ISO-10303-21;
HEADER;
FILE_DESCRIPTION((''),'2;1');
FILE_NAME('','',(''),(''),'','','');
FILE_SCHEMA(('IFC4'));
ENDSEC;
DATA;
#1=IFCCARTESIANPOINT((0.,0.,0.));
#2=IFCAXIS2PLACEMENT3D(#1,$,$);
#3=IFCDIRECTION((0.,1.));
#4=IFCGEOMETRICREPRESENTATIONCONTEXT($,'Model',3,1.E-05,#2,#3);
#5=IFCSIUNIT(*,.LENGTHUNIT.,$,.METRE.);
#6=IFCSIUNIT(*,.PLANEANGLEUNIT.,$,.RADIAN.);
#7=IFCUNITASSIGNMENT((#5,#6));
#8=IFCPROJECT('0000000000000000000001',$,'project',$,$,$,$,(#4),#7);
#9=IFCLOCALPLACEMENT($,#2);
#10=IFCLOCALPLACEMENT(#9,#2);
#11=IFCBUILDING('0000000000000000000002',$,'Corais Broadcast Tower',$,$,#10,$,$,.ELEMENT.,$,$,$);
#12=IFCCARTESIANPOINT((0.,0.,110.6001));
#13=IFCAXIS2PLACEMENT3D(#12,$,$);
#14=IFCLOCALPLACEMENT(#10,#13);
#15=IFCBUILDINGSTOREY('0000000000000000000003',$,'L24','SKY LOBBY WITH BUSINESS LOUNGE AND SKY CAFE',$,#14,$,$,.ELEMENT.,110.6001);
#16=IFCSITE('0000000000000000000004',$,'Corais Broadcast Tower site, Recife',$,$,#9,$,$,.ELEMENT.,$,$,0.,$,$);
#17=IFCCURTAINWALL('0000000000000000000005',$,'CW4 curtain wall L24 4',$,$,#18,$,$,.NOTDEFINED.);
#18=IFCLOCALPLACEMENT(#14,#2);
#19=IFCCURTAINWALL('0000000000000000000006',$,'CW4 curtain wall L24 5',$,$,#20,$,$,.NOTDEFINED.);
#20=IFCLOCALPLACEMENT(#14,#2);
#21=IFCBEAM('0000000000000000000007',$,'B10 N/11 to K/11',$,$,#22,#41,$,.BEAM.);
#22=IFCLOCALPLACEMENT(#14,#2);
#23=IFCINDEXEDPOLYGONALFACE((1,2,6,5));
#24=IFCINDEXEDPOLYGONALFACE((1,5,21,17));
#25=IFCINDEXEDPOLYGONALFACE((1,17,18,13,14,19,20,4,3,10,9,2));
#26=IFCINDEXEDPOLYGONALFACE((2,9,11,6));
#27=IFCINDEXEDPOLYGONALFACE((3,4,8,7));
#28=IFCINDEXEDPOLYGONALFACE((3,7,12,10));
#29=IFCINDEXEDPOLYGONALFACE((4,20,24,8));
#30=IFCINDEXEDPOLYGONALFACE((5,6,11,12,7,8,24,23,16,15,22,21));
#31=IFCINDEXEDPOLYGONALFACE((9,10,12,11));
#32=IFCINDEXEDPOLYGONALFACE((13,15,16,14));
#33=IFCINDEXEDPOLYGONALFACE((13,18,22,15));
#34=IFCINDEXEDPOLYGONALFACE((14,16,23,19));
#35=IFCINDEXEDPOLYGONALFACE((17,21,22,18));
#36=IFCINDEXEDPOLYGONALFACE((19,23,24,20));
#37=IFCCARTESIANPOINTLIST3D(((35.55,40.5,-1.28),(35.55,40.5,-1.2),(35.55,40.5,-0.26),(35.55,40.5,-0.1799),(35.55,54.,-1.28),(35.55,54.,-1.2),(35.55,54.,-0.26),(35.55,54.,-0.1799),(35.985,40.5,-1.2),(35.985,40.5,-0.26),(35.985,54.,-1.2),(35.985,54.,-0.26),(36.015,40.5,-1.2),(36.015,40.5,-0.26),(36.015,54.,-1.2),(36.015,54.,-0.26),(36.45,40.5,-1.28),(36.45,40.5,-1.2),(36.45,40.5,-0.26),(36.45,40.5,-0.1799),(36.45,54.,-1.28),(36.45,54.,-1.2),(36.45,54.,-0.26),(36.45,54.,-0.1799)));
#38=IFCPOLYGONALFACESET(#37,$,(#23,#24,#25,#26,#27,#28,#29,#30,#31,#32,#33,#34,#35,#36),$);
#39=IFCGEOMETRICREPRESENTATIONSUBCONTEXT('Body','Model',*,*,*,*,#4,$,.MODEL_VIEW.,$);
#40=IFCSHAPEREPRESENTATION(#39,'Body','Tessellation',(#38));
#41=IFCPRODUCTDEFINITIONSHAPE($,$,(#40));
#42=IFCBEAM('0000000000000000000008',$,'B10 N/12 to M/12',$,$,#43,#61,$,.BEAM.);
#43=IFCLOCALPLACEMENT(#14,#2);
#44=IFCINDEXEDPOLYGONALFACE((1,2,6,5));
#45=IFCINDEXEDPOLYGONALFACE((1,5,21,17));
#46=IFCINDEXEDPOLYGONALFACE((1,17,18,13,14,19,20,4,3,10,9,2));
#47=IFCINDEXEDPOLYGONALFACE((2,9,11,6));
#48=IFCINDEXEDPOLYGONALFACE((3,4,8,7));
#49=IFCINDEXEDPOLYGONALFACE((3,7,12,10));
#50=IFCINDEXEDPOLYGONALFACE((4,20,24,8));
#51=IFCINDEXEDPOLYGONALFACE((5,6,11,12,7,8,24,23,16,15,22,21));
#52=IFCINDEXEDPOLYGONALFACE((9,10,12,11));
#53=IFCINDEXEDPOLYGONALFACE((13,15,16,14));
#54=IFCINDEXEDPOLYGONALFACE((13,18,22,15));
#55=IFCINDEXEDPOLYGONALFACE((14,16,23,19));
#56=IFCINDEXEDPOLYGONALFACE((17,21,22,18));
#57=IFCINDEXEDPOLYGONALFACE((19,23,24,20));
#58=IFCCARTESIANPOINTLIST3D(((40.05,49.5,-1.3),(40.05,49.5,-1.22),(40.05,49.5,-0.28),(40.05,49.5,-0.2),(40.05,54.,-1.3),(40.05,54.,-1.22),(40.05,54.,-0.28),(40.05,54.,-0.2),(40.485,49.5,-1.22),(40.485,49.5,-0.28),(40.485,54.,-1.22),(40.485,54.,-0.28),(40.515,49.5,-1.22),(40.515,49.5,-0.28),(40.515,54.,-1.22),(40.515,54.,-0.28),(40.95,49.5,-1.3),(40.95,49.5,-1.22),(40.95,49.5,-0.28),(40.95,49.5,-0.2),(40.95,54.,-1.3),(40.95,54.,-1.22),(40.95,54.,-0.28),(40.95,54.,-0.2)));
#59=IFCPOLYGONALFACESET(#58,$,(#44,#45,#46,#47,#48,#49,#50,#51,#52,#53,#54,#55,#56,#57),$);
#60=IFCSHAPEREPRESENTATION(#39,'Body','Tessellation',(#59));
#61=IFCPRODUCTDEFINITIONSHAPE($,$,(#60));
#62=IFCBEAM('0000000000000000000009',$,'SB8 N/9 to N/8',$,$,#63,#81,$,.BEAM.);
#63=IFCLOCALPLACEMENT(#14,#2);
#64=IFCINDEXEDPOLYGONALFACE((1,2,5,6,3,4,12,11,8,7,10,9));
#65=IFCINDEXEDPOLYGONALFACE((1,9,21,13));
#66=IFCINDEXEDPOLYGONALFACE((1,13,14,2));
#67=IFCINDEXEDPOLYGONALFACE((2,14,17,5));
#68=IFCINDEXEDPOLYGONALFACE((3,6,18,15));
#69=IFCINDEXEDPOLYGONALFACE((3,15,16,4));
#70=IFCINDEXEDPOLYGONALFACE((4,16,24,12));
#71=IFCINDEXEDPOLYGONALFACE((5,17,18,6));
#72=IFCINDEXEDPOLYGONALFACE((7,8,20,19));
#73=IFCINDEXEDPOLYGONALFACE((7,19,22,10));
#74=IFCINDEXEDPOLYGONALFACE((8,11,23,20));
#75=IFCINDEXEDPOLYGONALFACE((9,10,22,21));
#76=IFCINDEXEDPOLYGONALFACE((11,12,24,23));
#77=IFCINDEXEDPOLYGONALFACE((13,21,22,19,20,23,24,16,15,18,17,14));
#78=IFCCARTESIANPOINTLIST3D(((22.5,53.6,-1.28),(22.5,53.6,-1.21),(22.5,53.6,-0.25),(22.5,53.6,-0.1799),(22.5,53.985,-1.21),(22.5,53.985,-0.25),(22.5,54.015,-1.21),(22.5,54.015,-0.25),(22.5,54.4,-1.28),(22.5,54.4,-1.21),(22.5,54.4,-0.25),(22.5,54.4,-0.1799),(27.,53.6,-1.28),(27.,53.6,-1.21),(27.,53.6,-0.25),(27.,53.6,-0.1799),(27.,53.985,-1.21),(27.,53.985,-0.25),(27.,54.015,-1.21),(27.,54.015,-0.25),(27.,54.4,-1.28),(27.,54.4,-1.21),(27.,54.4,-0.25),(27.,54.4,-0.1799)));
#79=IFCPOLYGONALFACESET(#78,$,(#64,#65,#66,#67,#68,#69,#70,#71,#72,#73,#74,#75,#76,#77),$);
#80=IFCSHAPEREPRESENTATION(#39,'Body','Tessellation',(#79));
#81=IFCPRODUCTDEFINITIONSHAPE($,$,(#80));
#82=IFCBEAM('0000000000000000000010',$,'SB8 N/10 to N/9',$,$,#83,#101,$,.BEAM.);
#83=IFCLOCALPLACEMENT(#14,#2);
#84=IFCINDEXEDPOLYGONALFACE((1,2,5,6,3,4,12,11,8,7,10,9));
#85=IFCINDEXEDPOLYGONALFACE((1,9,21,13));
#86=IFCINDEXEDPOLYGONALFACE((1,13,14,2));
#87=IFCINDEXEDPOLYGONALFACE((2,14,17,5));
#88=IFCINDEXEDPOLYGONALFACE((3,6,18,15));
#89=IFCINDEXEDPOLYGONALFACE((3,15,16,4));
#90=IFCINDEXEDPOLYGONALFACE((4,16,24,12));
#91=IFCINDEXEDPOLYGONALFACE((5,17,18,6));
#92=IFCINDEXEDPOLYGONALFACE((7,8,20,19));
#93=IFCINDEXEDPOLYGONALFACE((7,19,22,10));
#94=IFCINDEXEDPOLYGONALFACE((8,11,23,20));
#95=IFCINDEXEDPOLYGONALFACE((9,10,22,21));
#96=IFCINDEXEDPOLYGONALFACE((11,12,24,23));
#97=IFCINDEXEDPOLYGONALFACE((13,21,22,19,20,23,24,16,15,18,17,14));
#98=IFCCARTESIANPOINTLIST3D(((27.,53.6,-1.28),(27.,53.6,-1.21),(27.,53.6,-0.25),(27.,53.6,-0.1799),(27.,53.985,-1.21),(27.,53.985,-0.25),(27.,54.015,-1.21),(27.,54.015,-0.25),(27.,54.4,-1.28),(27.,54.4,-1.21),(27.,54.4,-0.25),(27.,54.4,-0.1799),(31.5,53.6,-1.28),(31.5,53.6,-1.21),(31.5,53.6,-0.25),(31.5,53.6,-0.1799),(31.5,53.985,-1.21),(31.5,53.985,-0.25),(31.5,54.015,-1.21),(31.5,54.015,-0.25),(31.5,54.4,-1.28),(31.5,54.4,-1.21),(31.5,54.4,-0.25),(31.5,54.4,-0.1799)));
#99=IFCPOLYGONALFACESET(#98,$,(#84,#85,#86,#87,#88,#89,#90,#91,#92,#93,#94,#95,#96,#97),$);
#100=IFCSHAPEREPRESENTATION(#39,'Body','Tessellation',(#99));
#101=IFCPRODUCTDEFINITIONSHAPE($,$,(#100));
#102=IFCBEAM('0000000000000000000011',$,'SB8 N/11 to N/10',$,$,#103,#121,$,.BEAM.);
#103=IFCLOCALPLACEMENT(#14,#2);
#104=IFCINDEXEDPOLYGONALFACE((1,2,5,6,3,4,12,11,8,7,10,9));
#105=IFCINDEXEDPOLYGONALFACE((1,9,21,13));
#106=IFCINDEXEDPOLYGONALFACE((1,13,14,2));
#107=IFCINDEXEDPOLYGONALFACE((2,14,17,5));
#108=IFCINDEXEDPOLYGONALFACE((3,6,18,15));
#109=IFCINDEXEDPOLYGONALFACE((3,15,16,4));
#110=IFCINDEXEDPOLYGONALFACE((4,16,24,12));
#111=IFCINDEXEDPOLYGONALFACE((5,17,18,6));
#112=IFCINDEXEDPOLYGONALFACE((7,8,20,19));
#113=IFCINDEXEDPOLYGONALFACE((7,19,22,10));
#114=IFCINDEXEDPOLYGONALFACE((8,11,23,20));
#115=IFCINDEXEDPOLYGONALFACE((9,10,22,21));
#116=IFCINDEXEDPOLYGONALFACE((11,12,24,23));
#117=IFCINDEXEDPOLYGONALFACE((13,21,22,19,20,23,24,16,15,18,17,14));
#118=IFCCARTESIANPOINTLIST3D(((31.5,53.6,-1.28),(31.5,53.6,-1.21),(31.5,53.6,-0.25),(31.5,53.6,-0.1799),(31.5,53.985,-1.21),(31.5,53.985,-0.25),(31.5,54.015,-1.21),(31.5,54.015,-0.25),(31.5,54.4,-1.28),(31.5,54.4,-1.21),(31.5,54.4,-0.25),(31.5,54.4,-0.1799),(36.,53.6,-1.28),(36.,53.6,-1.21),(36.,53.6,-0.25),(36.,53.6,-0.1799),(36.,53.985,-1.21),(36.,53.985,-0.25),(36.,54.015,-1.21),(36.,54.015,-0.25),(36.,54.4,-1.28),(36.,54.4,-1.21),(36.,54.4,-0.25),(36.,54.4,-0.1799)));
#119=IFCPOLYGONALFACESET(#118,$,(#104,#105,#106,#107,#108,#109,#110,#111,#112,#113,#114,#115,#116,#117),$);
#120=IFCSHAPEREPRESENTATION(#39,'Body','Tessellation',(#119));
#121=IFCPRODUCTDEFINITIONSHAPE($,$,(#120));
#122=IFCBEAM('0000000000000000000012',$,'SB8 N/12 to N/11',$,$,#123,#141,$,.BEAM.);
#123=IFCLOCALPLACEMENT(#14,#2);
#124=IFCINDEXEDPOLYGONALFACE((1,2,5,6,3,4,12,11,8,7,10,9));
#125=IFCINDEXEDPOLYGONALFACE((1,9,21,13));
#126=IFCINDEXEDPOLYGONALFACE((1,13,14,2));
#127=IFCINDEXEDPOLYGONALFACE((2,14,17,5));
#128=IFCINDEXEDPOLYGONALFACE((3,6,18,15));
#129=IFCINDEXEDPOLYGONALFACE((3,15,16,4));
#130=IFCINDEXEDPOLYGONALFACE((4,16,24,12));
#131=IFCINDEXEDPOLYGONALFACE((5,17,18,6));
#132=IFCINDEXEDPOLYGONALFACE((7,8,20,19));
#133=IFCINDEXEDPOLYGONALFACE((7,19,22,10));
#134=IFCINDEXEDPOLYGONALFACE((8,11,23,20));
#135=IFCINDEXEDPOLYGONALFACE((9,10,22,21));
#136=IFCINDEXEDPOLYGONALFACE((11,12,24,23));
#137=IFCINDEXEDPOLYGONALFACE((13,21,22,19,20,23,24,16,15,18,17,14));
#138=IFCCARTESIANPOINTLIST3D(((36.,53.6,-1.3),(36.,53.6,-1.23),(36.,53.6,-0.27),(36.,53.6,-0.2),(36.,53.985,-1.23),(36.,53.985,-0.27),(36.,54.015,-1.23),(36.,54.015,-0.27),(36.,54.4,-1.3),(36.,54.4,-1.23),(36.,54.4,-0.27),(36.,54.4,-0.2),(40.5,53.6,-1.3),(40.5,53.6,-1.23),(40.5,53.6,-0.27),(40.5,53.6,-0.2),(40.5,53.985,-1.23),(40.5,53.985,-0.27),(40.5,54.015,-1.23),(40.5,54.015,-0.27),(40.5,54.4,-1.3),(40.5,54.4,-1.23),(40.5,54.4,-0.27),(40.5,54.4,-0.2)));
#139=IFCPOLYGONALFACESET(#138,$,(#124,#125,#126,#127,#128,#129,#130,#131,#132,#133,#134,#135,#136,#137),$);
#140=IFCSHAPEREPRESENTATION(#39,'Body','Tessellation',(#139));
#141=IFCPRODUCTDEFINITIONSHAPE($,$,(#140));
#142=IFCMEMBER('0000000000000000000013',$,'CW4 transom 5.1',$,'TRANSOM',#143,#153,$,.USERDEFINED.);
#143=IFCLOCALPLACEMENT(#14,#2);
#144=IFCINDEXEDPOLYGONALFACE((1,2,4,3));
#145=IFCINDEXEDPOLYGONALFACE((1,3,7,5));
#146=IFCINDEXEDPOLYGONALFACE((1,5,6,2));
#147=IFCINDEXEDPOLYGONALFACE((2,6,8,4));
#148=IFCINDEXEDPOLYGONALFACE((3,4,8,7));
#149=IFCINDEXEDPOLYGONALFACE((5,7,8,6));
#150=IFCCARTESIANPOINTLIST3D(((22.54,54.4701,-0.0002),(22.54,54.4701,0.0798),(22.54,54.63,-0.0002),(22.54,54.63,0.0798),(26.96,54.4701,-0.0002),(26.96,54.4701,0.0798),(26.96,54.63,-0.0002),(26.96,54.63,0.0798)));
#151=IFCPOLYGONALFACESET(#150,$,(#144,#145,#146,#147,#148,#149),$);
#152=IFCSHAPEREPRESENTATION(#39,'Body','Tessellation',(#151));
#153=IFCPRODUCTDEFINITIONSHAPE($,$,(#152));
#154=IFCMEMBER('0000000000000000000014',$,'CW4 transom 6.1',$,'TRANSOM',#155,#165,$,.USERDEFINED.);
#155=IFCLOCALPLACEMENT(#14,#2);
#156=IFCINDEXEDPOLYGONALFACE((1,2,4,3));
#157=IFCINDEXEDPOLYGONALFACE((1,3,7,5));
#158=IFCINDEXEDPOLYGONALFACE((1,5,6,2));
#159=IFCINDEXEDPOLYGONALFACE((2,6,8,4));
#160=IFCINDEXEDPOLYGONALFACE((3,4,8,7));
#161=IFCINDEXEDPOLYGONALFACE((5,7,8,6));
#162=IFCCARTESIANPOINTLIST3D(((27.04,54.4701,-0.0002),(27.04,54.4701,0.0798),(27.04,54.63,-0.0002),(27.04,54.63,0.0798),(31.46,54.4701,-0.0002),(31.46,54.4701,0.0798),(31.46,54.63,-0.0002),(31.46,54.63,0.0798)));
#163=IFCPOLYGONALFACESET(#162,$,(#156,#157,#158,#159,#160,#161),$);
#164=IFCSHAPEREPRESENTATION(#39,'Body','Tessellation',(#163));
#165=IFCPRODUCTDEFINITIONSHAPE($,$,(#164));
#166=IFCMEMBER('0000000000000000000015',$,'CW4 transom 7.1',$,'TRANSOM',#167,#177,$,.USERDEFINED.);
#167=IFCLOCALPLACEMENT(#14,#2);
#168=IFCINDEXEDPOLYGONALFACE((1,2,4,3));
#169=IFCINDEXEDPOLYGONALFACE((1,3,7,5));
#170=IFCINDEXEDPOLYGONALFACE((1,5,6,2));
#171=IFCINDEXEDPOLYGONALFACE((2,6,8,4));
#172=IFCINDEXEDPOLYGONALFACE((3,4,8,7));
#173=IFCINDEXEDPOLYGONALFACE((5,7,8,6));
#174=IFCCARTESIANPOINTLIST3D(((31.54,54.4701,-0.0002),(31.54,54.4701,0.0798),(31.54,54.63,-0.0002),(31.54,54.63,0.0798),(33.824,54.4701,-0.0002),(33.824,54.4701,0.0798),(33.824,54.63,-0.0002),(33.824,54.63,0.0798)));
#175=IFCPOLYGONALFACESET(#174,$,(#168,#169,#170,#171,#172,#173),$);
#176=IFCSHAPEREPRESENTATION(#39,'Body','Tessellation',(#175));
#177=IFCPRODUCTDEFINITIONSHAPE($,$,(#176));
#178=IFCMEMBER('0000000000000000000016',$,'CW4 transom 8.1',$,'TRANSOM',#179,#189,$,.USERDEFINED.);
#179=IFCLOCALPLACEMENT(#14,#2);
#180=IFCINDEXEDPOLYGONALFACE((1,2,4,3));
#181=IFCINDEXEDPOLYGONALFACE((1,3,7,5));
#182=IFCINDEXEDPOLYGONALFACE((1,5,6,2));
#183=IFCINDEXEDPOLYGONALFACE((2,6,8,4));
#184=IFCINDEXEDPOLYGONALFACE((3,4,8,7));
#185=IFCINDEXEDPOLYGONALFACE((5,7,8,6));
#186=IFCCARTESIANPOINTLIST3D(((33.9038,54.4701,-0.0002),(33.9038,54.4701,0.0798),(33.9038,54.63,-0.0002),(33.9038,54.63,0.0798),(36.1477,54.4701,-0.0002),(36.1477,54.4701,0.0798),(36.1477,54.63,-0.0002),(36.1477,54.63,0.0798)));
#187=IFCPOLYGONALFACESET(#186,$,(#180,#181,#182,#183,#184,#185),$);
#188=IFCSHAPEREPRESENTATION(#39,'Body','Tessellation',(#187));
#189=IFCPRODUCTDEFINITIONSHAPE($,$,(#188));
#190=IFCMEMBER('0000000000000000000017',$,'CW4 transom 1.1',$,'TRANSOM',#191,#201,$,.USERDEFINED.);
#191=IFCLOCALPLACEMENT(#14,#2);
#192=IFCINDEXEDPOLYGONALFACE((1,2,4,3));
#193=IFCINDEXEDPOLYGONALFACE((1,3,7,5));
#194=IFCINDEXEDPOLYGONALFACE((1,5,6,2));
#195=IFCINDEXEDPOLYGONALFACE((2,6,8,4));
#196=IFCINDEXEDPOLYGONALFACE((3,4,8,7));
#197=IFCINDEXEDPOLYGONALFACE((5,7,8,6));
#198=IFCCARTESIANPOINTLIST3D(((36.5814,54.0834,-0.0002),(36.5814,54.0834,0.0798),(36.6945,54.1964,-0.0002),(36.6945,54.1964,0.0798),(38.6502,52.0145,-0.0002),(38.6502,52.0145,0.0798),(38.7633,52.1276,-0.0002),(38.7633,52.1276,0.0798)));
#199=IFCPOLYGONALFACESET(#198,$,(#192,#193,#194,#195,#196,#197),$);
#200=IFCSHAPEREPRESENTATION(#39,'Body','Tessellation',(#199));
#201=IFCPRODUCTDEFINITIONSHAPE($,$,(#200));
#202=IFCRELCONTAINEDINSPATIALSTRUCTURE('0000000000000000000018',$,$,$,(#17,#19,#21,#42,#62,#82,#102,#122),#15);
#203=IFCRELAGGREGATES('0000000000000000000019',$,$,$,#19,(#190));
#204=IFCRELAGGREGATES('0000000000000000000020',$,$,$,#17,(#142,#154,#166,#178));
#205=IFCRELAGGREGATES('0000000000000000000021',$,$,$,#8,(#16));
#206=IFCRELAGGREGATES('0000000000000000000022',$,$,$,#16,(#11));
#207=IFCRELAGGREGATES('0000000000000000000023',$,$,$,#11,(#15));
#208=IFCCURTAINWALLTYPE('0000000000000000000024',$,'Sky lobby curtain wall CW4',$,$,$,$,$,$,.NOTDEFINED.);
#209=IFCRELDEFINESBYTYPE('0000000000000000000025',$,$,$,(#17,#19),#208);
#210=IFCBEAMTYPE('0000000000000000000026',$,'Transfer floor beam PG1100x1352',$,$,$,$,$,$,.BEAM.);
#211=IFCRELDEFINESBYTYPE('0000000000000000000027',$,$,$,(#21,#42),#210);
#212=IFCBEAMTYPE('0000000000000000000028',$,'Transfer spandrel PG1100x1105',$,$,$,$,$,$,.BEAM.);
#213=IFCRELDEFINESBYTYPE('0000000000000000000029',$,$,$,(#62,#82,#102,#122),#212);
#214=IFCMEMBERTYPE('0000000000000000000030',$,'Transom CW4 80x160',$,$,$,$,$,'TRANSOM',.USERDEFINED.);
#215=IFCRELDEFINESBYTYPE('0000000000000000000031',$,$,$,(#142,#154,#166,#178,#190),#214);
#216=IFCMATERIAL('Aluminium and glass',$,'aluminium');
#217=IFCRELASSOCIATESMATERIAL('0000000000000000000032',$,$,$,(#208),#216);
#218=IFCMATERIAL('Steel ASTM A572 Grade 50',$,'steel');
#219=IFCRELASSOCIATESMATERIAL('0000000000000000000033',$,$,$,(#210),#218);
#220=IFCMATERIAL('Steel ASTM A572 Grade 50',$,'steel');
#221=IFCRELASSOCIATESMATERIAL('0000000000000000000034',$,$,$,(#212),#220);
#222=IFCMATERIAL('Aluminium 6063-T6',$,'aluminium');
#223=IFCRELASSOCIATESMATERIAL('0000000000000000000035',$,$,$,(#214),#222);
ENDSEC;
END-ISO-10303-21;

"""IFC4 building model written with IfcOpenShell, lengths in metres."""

from ifc_helpers import new_model, si_unit, direction, frame, origin, origin_2d, place, context, subcontext, project, spatial, rectangle, i_section, extrude, material, material_profile, profile_set, type_object, element, aggregate, save


model = new_model("IFC4")

# Units and contexts
model_context = context("Model", 3, precision=1e-05, world=origin(), true_north=direction((0.0, 1.0)))
body_context = subcontext(model_context, "Body", "Model", "MODEL_VIEW")
ifc_project = project(units=[si_unit("LENGTHUNIT", "METRE"), si_unit("PLANEANGLEUNIT", "RADIAN")], contexts=[model_context])

# Site, building, storey
site_placement = place(None, origin())
site = spatial("IfcSite", under=ifc_project, at=site_placement, Name="Corais Broadcast Tower site, Recife", CompositionType="ELEMENT", RefElevation=0.0)
building_placement = place(site_placement, origin())
building = spatial("IfcBuilding", under=site, at=building_placement, Name="Corais Broadcast Tower", CompositionType="ELEMENT")
storey_placement = place(building_placement, frame((0.0, 0.0, 110.6001)))
storey = spatial("IfcBuildingStorey", under=building, at=storey_placement, Name="L24", Description="SKY LOBBY WITH BUSINESS LOUNGE AND SKY CAFE", CompositionType="ELEMENT", Elevation=110.6001)

# Curtain wall
ifc_material_1 = material(Name="Aluminium and glass", Category="aluminium")
curtain_wall_type = type_object("IfcCurtainWallType", Name="Sky lobby curtain wall CW4", PredefinedType="NOTDEFINED", material=ifc_material_1)
curtain_wall_1_placement = place(storey_placement, origin())
curtain_wall_1 = element("IfcCurtainWall", 1, at=curtain_wall_1_placement, inside=storey, type_object=curtain_wall_type, Name="CW4 curtain wall L24 4", PredefinedType="NOTDEFINED")

# Curtain wall
curtain_wall_2_placement = place(storey_placement, origin())
curtain_wall_2 = element("IfcCurtainWall", 2, at=curtain_wall_2_placement, inside=storey, type_object=curtain_wall_type, Name="CW4 curtain wall L24 5", PredefinedType="NOTDEFINED")

# Beams
ifc_material_2 = material(Name="Steel ASTM A572 Grade 50", Category="steel")
ifc_material_profile_1 = material_profile(ifc_material_2, i_section(OverallWidth=0.8999, OverallDepth=1.1001, WebThickness=0.03, FlangeThickness=0.0801, at=origin_2d()), Name="PG1100x1352")
ifc_profile_set_1 = profile_set([ifc_material_profile_1], Name="Steel ASTM A572 Grade 50")
beam_type_1 = type_object("IfcBeamType", Name="Transfer floor beam PG1100x1352", PredefinedType="BEAM", material=ifc_profile_set_1)
for number, where, z_axis, x_axis, name in (
    (3, (36.0, 54.0, -0.73), (0.0, -1.0, 0.0), (1.0, 0.0, 0.0), "B10 N/11 to K/11"),
):
    element("IfcBeam", number, at=place(storey_placement, frame(where, z_axis=z_axis, x_axis=x_axis)), inside=storey, type_object=beam_type_1, Name=name, PredefinedType="BEAM", context=body_context, shape_type="SweptSolid", body=[
        extrude(i_section(OverallWidth=0.8999, OverallDepth=1.1001, WebThickness=0.03, FlangeThickness=0.0801, at=origin_2d()), origin(), (0.0, 0.0, 1.0), 13.5),
    ])
beam_1_placement = place(storey_placement, frame((40.5, 54.0, -0.75), z_axis=(0.0, -1.0, 0.0), x_axis=(1.0, 0.0, 0.0)))
element("IfcBeam", 4, at=beam_1_placement, inside=storey, type_object=beam_type_1, Name="B10 N/12 to M/12", PredefinedType="BEAM", context=body_context, shape_type="SweptSolid", body=[
    extrude(i_section(OverallWidth=0.8999, OverallDepth=1.1001, WebThickness=0.03, FlangeThickness=0.0801, at=origin_2d()), origin(), (0.0, 0.0, 1.0), 4.5),
])
ifc_material_3 = material(Name="Steel ASTM A572 Grade 50", Category="steel")
ifc_material_profile_2 = material_profile(ifc_material_3, i_section(OverallWidth=0.8, OverallDepth=1.1001, WebThickness=0.03, FlangeThickness=0.0701, at=origin_2d()), Name="PG1100x1105")
ifc_profile_set_2 = profile_set([ifc_material_profile_2], Name="Steel ASTM A572 Grade 50")
beam_type_2 = type_object("IfcBeamType", Name="Transfer spandrel PG1100x1105", PredefinedType="BEAM", material=ifc_profile_set_2)
for number, where, z_axis, x_axis, name in (
    (5, (27.0, 54.0, -0.73), (-1.0, 0.0, 0.0), (0.0, -1.0, 0.0), "SB8 N/9 to N/8"),
    (6, (31.5, 54.0, -0.73), (-1.0, 0.0, 0.0), (0.0, -1.0, 0.0), "SB8 N/10 to N/9"),
    (7, (36.0, 54.0, -0.73), (-1.0, 0.0, 0.0), (0.0, -1.0, 0.0), "SB8 N/11 to N/10"),
    (8, (40.5, 54.0, -0.75), (-1.0, 0.0, 0.0), (0.0, -1.0, 0.0), "SB8 N/12 to N/11"),
):
    element("IfcBeam", number, at=place(storey_placement, frame(where, z_axis=z_axis, x_axis=x_axis)), inside=storey, type_object=beam_type_2, Name=name, PredefinedType="BEAM", context=body_context, shape_type="SweptSolid", body=[
        extrude(i_section(OverallWidth=0.8, OverallDepth=1.1001, WebThickness=0.03, FlangeThickness=0.0701, at=origin_2d()), origin(), (0.0, 0.0, 1.0), 4.5),
    ])

# Members
ifc_material_4 = material(Name="Aluminium 6063-T6", Category="aluminium")
ifc_material_profile_3 = material_profile(ifc_material_4, rectangle(XDim=0.1599, YDim=0.0801, at=origin_2d()), Name="Transom CW4 80x160")
ifc_profile_set_3 = profile_set([ifc_material_profile_3], Name="Aluminium 6063-T6")
member_type_1 = type_object("IfcMemberType", Name="Transom CW4 80x160", ElementType="TRANSOM", PredefinedType="USERDEFINED", material=ifc_profile_set_3)
member_1_placement = place(storey_placement, frame((22.54, 54.55, 0.0398), z_axis=(1.0, 0.0, 0.0), x_axis=(0.0, 1.0, 0.0)))
member_1 = element("IfcMember", 9, at=member_1_placement, type_object=member_type_1, Name="CW4 transom 5.1", ObjectType="TRANSOM", PredefinedType="USERDEFINED", context=body_context, shape_type="SweptSolid", body=[
    extrude(rectangle(XDim=0.1599, YDim=0.0801, at=origin_2d()), origin(), (0.0, 0.0, 1.0), 4.4199),
])
member_2_placement = place(storey_placement, frame((27.04, 54.55, 0.0398), z_axis=(1.0, 0.0, 0.0), x_axis=(0.0, 1.0, 0.0)))
member_2 = element("IfcMember", 10, at=member_2_placement, type_object=member_type_1, Name="CW4 transom 6.1", ObjectType="TRANSOM", PredefinedType="USERDEFINED", context=body_context, shape_type="SweptSolid", body=[
    extrude(rectangle(XDim=0.1599, YDim=0.0801, at=origin_2d()), origin(), (0.0, 0.0, 1.0), 4.4199),
])
member_3_placement = place(storey_placement, frame((31.54, 54.55, 0.0398), z_axis=(1.0, 0.0, 0.0), x_axis=(0.0, 1.0, 0.0)))
member_3 = element("IfcMember", 11, at=member_3_placement, type_object=member_type_1, Name="CW4 transom 7.1", ObjectType="TRANSOM", PredefinedType="USERDEFINED", context=body_context, shape_type="SweptSolid", body=[
    extrude(rectangle(XDim=0.1599, YDim=0.0801, at=origin_2d()), origin(), (0.0, 0.0, 1.0), 2.2839),
])
member_4_placement = place(storey_placement, frame((33.9038, 54.55, 0.0398), z_axis=(1.0, 0.0, 0.0), x_axis=(0.0, 1.0, 0.0)))
member_4 = element("IfcMember", 12, at=member_4_placement, type_object=member_type_1, Name="CW4 transom 8.1", ObjectType="TRANSOM", PredefinedType="USERDEFINED", context=body_context, shape_type="SweptSolid", body=[
    extrude(rectangle(XDim=0.1599, YDim=0.0801, at=origin_2d()), origin(), (0.0, 0.0, 1.0), 2.2439),
])
member_5_placement = place(storey_placement, frame((36.6379, 54.1399, 0.0398), z_axis=(0.707107, -0.707107, 0.0), x_axis=(0.707107, 0.707107, 0.0)))
member_5 = element("IfcMember", 13, at=member_5_placement, type_object=member_type_1, Name="CW4 transom 1.1", ObjectType="TRANSOM", PredefinedType="USERDEFINED", context=body_context, shape_type="SweptSolid", body=[
    extrude(rectangle(XDim=0.1599, YDim=0.0801, at=origin_2d()), origin(), (0.0, 0.0, 1.0), 2.9258),
])
aggregate(curtain_wall_2, [member_5])

aggregate(curtain_wall_1, [member_1, member_2, member_3, member_4])

save(model, "model.ifc")
